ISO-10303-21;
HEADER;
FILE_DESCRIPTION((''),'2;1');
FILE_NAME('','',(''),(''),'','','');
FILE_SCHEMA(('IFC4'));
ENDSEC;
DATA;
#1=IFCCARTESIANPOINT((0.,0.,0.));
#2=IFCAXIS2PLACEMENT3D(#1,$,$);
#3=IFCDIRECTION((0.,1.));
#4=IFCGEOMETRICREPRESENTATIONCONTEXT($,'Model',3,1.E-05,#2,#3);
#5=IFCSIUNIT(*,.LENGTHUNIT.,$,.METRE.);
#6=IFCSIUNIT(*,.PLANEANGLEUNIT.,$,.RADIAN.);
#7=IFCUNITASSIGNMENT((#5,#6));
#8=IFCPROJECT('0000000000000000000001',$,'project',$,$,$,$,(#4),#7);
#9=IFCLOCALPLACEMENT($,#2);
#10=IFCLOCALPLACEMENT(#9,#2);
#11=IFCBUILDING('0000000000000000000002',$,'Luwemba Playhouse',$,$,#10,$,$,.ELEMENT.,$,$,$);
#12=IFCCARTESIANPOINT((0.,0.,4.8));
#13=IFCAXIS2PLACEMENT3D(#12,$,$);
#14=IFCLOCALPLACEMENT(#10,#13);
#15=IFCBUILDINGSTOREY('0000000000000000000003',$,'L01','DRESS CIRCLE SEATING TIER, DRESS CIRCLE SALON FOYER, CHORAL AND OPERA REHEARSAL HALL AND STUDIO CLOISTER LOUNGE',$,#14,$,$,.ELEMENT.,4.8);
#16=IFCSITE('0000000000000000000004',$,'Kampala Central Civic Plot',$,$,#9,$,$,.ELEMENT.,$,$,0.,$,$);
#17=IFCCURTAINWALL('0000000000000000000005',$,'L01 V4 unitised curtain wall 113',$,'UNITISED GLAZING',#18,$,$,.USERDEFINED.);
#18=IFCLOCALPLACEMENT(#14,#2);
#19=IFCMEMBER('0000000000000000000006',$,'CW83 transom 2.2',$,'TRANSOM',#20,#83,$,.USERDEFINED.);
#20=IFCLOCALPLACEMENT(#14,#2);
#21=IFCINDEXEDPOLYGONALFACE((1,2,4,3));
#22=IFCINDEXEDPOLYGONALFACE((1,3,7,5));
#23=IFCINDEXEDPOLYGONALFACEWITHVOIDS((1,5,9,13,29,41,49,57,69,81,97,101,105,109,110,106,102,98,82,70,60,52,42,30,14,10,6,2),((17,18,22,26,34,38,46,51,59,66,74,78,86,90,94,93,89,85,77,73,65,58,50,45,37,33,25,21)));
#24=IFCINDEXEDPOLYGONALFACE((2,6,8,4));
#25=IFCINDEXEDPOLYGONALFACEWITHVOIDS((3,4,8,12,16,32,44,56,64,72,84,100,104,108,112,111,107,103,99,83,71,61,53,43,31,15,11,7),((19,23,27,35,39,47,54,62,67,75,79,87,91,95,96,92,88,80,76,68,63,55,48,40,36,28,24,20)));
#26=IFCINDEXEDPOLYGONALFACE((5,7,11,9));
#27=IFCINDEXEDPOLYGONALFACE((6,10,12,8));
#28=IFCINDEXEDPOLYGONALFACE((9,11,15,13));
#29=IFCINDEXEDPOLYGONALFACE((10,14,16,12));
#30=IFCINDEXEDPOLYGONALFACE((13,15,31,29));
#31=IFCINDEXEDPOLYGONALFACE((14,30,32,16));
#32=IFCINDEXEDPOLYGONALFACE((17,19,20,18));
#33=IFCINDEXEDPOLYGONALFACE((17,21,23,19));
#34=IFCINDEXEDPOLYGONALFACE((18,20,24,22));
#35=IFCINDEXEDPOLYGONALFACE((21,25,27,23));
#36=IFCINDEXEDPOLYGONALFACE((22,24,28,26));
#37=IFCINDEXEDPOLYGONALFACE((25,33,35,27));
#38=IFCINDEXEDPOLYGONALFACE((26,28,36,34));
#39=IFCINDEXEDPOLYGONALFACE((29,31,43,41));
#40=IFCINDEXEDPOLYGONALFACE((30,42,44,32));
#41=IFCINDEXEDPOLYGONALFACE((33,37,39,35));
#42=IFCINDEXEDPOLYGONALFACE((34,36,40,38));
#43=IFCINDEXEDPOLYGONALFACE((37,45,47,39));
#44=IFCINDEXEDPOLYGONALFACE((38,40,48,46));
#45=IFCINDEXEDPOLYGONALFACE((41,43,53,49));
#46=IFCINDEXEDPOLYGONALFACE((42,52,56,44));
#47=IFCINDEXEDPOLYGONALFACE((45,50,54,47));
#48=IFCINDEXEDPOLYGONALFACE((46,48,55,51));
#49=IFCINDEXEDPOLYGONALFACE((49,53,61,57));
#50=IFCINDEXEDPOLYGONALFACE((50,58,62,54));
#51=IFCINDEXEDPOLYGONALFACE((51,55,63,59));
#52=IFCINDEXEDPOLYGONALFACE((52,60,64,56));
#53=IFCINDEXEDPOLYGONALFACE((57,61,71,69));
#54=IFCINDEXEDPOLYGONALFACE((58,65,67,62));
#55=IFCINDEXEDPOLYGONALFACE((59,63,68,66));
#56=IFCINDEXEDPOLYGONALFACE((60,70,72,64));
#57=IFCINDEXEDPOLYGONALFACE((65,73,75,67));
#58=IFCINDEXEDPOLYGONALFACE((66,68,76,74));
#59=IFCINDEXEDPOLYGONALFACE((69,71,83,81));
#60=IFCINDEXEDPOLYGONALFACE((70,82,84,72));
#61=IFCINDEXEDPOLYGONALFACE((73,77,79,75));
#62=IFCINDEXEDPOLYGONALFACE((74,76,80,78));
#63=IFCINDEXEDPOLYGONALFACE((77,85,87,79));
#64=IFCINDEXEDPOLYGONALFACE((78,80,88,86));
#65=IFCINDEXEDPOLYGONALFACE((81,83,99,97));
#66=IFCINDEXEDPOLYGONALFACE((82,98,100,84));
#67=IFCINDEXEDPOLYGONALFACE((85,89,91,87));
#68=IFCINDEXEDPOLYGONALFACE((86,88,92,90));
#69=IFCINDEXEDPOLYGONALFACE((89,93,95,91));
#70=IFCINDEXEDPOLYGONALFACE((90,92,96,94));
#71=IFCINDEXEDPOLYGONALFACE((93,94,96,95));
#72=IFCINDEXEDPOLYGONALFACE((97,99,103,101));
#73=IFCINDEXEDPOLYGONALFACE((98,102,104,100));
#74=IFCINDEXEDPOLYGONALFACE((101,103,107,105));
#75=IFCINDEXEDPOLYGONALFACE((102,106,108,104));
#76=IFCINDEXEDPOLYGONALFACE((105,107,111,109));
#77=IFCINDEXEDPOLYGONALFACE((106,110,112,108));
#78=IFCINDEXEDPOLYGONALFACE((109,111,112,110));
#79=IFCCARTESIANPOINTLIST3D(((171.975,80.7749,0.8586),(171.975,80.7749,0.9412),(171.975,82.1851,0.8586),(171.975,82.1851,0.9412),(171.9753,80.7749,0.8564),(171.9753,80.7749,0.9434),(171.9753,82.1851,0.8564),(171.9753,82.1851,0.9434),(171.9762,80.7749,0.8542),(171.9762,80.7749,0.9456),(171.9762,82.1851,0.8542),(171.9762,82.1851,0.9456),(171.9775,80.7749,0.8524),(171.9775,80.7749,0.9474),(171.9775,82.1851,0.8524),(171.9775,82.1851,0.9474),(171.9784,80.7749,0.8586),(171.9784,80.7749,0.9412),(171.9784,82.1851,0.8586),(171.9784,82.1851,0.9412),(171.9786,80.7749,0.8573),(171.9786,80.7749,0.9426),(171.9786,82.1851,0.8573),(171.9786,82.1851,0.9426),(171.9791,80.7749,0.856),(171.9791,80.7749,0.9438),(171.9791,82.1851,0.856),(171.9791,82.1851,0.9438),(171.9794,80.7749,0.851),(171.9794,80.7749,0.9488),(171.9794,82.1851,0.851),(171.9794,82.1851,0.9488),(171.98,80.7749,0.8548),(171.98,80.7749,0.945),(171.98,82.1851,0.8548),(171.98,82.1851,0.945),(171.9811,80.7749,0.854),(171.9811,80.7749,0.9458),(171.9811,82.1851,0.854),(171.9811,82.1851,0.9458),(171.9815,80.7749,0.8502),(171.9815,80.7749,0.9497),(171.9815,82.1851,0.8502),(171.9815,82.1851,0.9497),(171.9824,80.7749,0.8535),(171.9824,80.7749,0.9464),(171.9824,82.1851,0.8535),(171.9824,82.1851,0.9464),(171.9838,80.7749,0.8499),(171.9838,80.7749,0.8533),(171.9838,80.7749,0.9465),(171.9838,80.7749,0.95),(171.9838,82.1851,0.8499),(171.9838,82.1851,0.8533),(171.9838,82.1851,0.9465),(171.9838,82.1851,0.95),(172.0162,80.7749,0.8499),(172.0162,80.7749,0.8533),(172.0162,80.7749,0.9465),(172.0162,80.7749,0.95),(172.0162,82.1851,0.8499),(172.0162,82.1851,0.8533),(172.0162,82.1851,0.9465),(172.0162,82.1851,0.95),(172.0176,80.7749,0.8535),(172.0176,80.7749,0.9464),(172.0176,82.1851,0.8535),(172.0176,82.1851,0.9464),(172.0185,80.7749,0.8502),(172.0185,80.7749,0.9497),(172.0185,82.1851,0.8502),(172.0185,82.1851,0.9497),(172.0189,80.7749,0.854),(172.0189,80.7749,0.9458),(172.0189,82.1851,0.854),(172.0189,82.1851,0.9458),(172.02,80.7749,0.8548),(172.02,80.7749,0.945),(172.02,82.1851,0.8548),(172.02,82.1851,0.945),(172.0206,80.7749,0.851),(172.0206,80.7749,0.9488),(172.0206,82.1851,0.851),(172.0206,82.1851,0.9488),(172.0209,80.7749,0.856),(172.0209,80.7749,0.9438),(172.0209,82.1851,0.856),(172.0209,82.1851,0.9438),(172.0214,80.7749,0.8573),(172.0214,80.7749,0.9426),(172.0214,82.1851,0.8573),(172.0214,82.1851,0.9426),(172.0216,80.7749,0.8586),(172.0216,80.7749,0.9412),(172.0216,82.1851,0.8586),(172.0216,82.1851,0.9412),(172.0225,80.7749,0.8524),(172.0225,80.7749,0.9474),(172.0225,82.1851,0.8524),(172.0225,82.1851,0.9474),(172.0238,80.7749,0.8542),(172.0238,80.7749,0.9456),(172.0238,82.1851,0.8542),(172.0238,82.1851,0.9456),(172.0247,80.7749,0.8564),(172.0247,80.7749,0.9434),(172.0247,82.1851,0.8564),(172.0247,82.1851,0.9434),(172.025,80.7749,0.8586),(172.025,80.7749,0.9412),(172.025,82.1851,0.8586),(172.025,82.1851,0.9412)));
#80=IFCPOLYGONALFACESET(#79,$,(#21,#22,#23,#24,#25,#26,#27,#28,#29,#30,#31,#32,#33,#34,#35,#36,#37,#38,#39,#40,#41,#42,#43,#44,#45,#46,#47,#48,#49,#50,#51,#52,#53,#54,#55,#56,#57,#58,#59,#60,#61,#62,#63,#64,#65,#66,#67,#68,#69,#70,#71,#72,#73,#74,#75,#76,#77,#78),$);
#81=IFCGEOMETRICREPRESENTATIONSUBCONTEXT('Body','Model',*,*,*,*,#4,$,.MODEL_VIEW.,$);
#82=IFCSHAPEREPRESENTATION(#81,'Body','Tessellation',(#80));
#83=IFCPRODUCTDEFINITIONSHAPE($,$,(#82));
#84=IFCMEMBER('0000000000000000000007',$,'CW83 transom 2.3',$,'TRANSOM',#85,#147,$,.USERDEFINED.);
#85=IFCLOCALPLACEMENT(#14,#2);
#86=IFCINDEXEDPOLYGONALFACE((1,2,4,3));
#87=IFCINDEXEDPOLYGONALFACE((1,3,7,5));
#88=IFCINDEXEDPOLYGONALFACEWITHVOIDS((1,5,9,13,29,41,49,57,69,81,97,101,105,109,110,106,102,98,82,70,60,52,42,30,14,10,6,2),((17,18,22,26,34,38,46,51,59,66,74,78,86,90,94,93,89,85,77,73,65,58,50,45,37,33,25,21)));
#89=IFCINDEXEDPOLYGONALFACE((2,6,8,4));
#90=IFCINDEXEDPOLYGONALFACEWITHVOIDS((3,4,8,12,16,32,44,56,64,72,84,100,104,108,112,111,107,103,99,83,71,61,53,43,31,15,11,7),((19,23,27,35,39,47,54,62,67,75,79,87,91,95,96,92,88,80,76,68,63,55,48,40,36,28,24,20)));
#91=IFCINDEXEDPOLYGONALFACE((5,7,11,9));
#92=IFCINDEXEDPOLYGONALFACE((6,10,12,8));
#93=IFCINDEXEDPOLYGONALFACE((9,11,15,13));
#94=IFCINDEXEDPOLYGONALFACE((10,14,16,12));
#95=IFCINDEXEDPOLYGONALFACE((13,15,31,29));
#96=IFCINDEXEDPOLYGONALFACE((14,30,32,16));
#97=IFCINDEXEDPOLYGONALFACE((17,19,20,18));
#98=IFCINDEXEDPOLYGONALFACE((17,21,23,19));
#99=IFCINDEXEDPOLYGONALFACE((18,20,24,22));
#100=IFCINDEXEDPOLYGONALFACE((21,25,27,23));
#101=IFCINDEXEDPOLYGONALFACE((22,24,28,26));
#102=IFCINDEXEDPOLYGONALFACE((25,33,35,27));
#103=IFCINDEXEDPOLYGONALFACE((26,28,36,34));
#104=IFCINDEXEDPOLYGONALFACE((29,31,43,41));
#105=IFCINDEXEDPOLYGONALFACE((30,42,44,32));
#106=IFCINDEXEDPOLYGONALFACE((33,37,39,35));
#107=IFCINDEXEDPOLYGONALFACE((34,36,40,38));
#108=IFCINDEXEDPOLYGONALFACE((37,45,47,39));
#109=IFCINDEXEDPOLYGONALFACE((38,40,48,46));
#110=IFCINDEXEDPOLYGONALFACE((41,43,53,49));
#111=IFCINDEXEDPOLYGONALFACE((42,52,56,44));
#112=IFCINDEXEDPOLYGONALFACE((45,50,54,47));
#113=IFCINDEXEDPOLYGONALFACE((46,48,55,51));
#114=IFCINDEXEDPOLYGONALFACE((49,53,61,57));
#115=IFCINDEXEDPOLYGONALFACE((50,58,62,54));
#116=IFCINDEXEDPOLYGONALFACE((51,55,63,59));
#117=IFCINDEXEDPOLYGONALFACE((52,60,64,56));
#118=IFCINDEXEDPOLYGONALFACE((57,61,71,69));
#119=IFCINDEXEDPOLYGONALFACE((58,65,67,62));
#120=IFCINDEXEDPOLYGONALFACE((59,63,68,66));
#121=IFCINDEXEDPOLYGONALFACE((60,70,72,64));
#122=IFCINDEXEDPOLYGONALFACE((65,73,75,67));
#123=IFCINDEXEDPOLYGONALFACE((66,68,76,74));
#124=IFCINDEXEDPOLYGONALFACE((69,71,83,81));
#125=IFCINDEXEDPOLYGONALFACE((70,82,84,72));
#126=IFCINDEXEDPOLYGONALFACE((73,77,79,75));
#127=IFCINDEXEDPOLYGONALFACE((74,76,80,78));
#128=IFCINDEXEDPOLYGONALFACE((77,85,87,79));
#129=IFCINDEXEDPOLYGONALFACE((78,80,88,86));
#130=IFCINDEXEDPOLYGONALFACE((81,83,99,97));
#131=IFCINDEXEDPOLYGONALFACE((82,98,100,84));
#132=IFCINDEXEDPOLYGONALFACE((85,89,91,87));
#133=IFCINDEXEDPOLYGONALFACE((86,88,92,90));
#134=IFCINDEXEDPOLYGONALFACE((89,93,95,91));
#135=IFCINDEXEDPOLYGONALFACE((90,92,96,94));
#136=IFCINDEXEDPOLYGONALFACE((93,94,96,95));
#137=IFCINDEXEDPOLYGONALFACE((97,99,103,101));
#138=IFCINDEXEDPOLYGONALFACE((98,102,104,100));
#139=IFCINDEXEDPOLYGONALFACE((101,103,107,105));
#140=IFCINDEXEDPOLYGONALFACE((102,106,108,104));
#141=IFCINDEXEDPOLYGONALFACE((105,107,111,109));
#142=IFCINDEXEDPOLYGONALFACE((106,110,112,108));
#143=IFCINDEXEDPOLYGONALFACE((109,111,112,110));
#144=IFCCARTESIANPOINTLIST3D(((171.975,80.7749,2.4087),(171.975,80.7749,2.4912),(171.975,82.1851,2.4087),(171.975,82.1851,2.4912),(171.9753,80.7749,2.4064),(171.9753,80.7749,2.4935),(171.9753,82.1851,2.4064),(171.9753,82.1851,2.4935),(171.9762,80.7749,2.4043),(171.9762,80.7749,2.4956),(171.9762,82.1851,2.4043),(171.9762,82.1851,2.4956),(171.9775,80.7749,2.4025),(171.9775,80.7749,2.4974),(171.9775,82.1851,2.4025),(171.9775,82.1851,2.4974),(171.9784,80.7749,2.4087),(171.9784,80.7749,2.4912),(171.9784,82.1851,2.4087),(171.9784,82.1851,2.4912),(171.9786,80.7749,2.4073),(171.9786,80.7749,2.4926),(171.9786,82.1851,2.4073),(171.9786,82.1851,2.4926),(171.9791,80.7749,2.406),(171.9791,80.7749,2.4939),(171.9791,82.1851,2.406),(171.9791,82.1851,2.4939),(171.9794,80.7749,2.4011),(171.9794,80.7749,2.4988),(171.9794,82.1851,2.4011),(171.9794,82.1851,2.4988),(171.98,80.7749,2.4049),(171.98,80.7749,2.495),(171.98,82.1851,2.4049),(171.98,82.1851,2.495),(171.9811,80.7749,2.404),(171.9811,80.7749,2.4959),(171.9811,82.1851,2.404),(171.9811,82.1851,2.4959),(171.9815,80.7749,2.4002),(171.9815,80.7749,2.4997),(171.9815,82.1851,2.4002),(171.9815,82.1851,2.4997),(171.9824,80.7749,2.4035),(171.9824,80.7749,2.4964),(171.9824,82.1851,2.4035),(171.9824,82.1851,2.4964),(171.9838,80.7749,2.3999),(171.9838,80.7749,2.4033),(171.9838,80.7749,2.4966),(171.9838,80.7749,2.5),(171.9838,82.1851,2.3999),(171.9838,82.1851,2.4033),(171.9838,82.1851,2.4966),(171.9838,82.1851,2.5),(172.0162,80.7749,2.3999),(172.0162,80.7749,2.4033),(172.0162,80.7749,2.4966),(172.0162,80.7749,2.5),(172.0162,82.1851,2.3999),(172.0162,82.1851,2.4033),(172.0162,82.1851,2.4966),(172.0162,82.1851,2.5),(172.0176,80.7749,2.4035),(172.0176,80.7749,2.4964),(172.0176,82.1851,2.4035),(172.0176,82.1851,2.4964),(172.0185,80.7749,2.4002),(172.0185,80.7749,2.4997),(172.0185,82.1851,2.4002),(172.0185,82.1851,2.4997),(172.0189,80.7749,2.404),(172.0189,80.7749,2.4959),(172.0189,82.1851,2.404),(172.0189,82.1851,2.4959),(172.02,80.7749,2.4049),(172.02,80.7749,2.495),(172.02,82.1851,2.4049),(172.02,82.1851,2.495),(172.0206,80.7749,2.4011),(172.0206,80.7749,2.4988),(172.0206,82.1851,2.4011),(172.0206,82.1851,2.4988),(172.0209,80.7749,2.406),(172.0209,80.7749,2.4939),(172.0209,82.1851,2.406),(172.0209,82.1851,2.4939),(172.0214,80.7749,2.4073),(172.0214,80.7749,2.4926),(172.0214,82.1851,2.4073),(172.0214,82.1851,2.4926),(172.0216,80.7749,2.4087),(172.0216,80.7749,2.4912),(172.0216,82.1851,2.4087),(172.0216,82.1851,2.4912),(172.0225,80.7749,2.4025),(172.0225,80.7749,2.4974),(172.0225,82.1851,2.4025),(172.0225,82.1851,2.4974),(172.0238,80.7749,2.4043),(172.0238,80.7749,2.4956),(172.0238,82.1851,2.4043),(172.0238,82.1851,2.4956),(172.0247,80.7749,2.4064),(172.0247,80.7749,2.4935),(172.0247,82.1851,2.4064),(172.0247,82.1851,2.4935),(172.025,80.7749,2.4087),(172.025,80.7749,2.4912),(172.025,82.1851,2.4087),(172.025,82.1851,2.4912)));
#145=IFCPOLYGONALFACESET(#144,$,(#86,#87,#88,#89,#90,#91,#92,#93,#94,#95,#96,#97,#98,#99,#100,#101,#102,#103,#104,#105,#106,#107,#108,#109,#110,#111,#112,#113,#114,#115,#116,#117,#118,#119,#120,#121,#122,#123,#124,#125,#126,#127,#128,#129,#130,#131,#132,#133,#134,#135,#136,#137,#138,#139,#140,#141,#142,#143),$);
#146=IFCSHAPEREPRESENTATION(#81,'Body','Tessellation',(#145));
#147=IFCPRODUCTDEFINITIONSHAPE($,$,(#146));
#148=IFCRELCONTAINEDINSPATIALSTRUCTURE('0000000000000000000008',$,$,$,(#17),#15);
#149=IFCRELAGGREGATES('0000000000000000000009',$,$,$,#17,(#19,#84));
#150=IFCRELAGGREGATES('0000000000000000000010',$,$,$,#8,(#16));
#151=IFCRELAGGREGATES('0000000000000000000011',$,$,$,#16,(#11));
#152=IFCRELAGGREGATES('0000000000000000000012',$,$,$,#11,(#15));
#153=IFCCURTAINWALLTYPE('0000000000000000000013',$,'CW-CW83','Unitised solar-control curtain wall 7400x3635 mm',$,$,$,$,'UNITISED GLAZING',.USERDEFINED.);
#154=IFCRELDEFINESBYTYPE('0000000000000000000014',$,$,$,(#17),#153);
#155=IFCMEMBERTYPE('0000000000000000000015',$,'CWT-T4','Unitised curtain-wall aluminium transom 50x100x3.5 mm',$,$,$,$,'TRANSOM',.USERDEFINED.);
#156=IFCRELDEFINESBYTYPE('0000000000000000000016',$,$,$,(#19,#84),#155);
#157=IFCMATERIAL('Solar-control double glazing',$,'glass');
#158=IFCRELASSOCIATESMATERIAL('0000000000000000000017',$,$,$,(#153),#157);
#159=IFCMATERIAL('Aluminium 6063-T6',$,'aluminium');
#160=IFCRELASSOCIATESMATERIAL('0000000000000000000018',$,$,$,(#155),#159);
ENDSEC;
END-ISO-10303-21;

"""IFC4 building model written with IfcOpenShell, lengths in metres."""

from ifc_helpers import new_model, si_unit, direction, frame, origin, origin_2d, place, context, subcontext, project, spatial, hollow_rectangle, extrude, material, material_profile, profile_set, type_object, element, aggregate, save


model = new_model("IFC4")

# Units and contexts
model_context = context("Model", 3, precision=1e-05, world=origin(), true_north=direction((0.0, 1.0)))
body_context = subcontext(model_context, "Body", "Model", "MODEL_VIEW")
ifc_project = project(units=[si_unit("LENGTHUNIT", "METRE"), si_unit("PLANEANGLEUNIT", "RADIAN")], contexts=[model_context])

# Site, building, storey
site_placement = place(None, origin())
site = spatial("IfcSite", under=ifc_project, at=site_placement, Name="Kampala Central Civic Plot", CompositionType="ELEMENT", RefElevation=0.0)
building_placement = place(site_placement, origin())
building = spatial("IfcBuilding", under=site, at=building_placement, Name="Luwemba Playhouse", CompositionType="ELEMENT")
storey_placement = place(building_placement, frame((0.0, 0.0, 4.8)))
storey = spatial("IfcBuildingStorey", under=building, at=storey_placement, Name="L01", Description="DRESS CIRCLE SEATING TIER, DRESS CIRCLE SALON FOYER, CHORAL AND OPERA REHEARSAL HALL AND STUDIO CLOISTER LOUNGE", CompositionType="ELEMENT", Elevation=4.8)

# Curtain wall, members
ifc_material_1 = material(Name="Solar-control double glazing", Category="glass")
curtain_wall_type = type_object("IfcCurtainWallType", Name="CW-CW83", Description="Unitised solar-control curtain wall 7400x3635 mm", ElementType="UNITISED GLAZING", PredefinedType="USERDEFINED", material=ifc_material_1)
curtain_wall_placement = place(storey_placement, origin())
curtain_wall = element("IfcCurtainWall", 1, at=curtain_wall_placement, inside=storey, type_object=curtain_wall_type, Name="L01 V4 unitised curtain wall 113", ObjectType="UNITISED GLAZING", PredefinedType="USERDEFINED")
ifc_material_2 = material(Name="Aluminium 6063-T6", Category="aluminium")
ifc_material_profile_1 = material_profile(ifc_material_2, hollow_rectangle(XDim=0.05, YDim=0.1001, WallThickness=0.0034, InnerFilletRadius=0.0054, OuterFilletRadius=0.0088, at=origin_2d()))
ifc_profile_set_1 = profile_set([ifc_material_profile_1], Name="Aluminium 6063-T6")
member_type_1 = type_object("IfcMemberType", Name="CWT-T4", Description="Unitised curtain-wall aluminium transom 50x100x3.5 mm", ElementType="TRANSOM", PredefinedType="USERDEFINED", material=ifc_profile_set_1)
member_1_placement = place(storey_placement, frame((172.0, 82.1851, 0.8999), z_axis=(0.0, -1.0, 0.0), x_axis=(1.0, 0.0, 0.0)))
member_1 = element("IfcMember", 2, at=member_1_placement, type_object=member_type_1, Name="CW83 transom 2.2", ObjectType="TRANSOM", PredefinedType="USERDEFINED", context=body_context, shape_type="SweptSolid", body=[
    extrude(hollow_rectangle(XDim=0.05, YDim=0.1001, WallThickness=0.0034, InnerFilletRadius=0.0054, OuterFilletRadius=0.0088, at=origin_2d()), origin(), (0.0, 0.0, 1.0), 1.4102),
])
member_2_placement = place(storey_placement, frame((172.0, 82.1851, 2.45), z_axis=(0.0, -1.0, 0.0), x_axis=(1.0, 0.0, 0.0)))
member_2 = element("IfcMember", 3, at=member_2_placement, type_object=member_type_1, Name="CW83 transom 2.3", ObjectType="TRANSOM", PredefinedType="USERDEFINED", context=body_context, shape_type="SweptSolid", body=[
    extrude(hollow_rectangle(XDim=0.05, YDim=0.1001, WallThickness=0.0034, InnerFilletRadius=0.0054, OuterFilletRadius=0.0088, at=origin_2d()), origin(), (0.0, 0.0, 1.0), 1.4102),
])
aggregate(curtain_wall, [member_1, member_2])

save(model, "model.ifc")
